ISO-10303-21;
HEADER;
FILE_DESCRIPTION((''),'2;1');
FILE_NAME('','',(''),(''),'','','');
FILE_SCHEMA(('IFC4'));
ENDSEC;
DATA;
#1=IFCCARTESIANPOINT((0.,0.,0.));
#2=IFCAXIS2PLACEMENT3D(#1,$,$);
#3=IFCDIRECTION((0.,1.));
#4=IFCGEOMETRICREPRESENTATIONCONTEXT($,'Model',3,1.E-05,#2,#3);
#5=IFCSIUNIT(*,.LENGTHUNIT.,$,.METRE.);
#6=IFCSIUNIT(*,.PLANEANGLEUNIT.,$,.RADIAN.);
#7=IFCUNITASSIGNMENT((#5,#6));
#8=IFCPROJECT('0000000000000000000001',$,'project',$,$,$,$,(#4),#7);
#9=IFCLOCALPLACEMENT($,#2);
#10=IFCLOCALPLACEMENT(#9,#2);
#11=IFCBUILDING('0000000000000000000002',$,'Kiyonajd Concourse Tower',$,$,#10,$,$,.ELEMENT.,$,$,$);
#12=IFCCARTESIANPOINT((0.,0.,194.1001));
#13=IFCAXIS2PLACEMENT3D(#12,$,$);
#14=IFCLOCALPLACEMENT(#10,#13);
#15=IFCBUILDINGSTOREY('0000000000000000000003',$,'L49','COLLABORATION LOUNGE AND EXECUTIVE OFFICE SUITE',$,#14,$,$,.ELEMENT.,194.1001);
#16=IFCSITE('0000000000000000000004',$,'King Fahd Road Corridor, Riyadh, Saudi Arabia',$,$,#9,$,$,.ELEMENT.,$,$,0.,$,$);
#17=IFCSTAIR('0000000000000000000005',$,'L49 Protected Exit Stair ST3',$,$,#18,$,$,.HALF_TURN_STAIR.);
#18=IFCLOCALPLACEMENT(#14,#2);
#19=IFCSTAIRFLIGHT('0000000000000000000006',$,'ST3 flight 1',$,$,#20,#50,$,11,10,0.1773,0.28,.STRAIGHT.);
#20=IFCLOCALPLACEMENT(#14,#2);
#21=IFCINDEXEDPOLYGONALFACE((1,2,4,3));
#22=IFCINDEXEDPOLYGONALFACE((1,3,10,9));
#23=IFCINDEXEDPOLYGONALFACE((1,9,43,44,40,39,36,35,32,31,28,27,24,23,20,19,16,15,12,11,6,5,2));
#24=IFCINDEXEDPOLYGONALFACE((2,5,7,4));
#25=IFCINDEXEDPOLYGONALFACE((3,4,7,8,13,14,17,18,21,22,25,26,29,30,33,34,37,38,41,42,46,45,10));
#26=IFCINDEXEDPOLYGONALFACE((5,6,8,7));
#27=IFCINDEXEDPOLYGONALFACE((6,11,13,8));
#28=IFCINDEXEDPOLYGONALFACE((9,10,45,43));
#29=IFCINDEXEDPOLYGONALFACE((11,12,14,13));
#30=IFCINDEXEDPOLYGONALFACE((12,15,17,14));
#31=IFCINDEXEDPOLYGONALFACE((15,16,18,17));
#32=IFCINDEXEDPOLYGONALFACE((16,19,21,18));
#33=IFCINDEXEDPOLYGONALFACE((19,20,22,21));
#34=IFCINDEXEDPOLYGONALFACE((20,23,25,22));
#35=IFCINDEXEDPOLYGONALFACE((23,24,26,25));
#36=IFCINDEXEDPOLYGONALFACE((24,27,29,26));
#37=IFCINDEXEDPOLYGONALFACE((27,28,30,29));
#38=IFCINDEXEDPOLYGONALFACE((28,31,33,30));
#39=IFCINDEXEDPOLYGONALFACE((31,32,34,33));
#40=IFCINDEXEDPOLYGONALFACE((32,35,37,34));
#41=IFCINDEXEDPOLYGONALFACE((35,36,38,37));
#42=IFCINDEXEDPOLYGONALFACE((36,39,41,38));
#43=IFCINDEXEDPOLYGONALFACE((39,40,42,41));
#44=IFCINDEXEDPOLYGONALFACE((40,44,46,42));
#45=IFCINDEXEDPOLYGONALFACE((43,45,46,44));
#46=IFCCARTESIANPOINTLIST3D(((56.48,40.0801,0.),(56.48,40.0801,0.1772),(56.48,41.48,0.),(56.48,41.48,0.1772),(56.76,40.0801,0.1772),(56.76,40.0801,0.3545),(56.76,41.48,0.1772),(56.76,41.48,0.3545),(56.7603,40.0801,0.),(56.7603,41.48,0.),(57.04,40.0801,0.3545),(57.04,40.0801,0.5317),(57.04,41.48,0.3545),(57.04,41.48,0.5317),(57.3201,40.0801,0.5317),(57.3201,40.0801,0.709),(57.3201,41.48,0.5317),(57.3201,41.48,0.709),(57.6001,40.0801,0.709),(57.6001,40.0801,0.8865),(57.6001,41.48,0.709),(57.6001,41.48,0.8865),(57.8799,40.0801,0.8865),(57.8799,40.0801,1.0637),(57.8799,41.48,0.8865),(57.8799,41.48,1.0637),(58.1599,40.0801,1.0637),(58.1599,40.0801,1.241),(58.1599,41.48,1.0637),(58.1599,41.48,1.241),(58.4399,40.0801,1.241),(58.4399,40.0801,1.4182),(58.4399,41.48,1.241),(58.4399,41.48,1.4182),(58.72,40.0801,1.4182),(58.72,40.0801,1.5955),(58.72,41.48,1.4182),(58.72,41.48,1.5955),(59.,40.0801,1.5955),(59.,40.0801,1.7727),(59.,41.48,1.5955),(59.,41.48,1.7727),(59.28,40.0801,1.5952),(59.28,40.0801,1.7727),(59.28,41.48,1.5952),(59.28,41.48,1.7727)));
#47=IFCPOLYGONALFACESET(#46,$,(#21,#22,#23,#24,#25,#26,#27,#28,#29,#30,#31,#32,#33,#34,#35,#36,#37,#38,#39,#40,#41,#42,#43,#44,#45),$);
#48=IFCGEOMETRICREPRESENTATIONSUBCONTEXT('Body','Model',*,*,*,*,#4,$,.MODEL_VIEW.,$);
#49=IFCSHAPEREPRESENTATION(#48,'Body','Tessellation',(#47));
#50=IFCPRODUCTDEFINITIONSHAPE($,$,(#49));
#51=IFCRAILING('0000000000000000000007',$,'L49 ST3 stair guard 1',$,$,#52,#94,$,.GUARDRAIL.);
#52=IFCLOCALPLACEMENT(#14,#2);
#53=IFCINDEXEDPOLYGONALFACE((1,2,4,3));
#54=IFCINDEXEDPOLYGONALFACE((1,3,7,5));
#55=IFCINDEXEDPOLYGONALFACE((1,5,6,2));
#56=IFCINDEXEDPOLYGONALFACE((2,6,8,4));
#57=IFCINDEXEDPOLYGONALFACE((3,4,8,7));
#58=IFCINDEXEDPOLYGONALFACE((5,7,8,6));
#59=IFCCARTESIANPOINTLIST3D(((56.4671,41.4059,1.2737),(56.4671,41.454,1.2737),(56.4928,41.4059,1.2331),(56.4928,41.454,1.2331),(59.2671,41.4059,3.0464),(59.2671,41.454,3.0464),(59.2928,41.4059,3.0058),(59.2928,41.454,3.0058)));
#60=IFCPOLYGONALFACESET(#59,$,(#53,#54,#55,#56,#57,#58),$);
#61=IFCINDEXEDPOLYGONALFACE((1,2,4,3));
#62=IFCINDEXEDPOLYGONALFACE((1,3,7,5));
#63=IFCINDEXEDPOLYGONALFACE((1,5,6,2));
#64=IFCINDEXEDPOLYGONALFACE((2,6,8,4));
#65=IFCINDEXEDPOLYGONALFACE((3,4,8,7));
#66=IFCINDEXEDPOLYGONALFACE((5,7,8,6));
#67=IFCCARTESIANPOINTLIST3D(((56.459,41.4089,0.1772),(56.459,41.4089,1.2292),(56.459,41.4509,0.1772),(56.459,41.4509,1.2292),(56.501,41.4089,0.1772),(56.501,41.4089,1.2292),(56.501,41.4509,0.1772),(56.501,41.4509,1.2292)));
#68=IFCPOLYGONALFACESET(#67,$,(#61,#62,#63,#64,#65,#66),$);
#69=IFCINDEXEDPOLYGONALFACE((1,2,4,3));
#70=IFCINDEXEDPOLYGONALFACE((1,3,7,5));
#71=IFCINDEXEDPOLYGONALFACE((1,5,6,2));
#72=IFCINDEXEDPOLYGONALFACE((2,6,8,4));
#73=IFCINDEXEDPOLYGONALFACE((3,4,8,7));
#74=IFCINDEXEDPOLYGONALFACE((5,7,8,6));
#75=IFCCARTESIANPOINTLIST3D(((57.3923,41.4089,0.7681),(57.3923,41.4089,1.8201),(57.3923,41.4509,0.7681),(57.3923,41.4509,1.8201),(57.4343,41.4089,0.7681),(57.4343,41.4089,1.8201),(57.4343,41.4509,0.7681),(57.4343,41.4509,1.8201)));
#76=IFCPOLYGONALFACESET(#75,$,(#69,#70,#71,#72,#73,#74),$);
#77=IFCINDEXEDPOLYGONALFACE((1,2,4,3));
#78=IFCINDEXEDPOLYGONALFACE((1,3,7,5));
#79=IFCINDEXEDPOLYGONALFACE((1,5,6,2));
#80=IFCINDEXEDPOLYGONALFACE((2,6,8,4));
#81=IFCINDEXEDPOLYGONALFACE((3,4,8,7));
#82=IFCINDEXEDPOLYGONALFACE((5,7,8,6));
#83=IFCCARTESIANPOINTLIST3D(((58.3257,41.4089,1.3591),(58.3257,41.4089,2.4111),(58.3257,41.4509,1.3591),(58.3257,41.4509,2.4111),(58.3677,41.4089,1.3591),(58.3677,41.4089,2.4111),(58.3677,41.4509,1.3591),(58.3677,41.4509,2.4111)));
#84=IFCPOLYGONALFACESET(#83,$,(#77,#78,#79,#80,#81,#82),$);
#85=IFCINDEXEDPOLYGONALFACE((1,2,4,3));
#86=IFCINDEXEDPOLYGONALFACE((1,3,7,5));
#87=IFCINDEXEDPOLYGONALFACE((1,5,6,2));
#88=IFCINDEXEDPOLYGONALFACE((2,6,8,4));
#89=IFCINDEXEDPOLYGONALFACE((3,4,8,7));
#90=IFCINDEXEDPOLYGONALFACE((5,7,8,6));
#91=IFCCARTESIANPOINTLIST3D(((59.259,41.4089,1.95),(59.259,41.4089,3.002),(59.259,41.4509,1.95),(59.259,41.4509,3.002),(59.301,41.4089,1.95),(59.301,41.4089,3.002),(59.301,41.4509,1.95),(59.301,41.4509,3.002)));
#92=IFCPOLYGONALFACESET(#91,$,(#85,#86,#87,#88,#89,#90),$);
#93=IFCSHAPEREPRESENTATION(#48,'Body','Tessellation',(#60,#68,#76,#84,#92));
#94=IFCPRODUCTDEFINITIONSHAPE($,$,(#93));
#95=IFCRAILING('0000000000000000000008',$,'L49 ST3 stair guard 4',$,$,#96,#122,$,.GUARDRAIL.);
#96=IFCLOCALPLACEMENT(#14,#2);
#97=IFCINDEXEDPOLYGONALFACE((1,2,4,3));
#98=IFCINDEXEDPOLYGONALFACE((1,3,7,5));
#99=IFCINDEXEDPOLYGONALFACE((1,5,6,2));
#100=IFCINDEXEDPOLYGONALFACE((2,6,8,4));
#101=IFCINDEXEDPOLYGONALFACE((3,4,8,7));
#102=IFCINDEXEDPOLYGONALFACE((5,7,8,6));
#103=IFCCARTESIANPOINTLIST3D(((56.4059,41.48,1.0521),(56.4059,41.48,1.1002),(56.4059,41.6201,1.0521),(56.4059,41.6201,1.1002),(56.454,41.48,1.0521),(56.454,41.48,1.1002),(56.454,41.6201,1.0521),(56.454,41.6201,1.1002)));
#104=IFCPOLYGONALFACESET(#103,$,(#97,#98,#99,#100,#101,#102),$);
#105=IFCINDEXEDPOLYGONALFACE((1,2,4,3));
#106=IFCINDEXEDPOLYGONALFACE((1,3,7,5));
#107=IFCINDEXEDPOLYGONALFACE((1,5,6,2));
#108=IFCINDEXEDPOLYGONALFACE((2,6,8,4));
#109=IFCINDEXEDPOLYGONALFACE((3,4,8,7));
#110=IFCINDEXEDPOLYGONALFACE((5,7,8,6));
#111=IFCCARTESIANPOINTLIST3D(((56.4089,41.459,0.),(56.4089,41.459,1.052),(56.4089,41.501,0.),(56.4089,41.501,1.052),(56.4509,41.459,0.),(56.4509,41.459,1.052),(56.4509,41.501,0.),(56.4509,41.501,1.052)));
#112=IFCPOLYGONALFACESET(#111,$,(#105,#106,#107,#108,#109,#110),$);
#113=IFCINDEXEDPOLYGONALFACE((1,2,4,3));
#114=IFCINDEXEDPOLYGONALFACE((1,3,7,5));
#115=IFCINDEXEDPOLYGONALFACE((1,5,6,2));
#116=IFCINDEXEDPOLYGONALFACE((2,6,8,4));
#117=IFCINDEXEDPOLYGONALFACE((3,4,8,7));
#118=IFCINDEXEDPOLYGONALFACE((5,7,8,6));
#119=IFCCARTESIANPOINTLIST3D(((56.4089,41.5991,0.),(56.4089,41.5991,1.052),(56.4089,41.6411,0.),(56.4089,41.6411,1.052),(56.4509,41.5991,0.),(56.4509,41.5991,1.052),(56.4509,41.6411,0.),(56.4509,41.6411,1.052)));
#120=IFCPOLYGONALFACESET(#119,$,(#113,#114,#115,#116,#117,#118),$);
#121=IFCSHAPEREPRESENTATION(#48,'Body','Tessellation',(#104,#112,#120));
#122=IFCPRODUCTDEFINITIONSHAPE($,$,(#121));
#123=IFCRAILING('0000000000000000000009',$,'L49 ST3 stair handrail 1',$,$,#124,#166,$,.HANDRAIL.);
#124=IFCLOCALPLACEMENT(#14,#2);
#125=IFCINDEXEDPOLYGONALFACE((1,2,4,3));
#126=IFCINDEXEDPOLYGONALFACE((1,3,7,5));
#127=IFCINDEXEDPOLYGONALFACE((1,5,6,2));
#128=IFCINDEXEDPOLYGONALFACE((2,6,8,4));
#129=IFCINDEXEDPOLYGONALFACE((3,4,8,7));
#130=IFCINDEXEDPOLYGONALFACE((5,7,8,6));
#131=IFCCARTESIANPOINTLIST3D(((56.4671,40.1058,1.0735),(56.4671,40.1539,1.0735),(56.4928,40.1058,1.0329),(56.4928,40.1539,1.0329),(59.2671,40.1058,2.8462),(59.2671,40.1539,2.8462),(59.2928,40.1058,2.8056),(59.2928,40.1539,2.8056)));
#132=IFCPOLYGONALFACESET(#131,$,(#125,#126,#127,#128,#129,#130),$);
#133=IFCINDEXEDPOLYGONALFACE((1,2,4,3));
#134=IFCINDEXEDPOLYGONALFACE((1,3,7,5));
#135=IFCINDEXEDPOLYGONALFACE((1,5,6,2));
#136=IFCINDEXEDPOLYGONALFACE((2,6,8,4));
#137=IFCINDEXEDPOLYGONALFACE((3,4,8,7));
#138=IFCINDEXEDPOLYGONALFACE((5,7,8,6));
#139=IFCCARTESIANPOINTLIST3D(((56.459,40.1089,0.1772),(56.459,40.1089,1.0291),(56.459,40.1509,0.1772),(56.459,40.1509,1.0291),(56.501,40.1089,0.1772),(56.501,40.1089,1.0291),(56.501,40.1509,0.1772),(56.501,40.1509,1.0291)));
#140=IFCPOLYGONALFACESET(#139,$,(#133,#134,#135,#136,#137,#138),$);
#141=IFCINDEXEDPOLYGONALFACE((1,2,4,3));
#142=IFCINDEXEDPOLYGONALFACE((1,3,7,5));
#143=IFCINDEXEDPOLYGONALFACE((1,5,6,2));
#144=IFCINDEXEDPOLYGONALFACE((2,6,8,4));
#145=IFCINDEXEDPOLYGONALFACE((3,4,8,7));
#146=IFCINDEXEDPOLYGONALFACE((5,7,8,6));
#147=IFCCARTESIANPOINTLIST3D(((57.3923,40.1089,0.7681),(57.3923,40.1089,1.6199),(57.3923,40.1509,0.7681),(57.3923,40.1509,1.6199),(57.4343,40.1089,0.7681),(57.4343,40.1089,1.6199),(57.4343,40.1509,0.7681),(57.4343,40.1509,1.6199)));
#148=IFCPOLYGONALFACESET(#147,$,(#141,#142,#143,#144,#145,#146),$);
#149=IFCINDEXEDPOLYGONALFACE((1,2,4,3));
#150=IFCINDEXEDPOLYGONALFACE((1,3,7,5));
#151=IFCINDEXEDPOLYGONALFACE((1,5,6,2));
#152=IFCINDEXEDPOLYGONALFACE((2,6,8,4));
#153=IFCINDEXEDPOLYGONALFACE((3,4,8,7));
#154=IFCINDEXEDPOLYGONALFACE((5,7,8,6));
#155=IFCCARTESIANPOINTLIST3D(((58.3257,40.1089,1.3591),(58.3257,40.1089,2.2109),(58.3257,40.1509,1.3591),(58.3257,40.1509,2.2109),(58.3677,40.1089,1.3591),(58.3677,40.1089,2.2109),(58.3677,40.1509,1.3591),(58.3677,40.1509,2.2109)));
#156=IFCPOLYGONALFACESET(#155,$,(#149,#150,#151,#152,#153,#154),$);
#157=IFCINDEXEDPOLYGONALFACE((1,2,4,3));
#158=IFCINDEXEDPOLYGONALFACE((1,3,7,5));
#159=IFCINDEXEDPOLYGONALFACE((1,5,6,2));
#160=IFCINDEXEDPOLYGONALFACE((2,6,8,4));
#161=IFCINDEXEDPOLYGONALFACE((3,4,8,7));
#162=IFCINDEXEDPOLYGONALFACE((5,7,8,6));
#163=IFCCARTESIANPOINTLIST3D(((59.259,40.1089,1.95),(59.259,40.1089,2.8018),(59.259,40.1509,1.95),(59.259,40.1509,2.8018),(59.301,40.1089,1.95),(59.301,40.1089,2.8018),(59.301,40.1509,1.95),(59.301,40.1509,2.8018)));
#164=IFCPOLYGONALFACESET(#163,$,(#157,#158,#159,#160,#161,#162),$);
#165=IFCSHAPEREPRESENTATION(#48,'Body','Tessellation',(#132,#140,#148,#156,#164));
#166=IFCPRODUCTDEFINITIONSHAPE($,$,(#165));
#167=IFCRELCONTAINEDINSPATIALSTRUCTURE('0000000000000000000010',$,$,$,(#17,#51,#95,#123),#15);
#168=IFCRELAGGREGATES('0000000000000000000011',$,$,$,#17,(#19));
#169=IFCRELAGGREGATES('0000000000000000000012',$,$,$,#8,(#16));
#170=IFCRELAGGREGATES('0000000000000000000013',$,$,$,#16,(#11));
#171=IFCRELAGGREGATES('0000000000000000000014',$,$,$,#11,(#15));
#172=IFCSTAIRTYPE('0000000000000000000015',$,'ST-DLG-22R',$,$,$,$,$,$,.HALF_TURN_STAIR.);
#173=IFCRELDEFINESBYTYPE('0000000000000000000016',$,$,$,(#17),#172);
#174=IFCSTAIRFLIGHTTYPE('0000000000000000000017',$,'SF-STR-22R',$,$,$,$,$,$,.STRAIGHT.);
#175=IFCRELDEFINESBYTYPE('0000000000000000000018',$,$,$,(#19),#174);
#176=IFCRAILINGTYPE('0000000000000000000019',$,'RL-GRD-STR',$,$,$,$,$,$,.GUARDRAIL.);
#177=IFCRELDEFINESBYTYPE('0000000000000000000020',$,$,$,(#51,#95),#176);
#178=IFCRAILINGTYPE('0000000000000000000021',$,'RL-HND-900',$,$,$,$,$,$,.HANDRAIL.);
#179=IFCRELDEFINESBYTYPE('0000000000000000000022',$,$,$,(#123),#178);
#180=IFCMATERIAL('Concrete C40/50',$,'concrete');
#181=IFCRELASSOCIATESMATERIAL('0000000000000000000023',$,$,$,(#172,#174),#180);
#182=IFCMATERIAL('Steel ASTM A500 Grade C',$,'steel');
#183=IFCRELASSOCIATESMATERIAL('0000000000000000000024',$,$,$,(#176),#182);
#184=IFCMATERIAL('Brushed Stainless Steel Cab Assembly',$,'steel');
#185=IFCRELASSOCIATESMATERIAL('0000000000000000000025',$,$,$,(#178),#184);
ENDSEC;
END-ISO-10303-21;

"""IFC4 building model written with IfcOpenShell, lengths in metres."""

from ifc_helpers import new_model, si_unit, direction, frame, origin, origin_2d, place, context, subcontext, project, spatial, polyline, rectangle, outline, extrude, material, type_object, element, aggregate, save


model = new_model("IFC4")

# Units and contexts
model_context = context("Model", 3, precision=1e-05, world=origin(), true_north=direction((0.0, 1.0)))
body_context = subcontext(model_context, "Body", "Model", "MODEL_VIEW")
ifc_project = project(units=[si_unit("LENGTHUNIT", "METRE"), si_unit("PLANEANGLEUNIT", "RADIAN")], contexts=[model_context])

# Site, building, storey
site_placement = place(None, origin())
site = spatial("IfcSite", under=ifc_project, at=site_placement, Name="King Fahd Road Corridor, Riyadh, Saudi Arabia", CompositionType="ELEMENT", RefElevation=0.0)
building_placement = place(site_placement, origin())
building = spatial("IfcBuilding", under=site, at=building_placement, Name="Kiyonajd Concourse Tower", CompositionType="ELEMENT")
storey_placement = place(building_placement, frame((0.0, 0.0, 194.1001)))
storey = spatial("IfcBuildingStorey", under=building, at=storey_placement, Name="L49", Description="COLLABORATION LOUNGE AND EXECUTIVE OFFICE SUITE", CompositionType="ELEMENT", Elevation=194.1001)

# Shared definitions
ifc_material_1 = material(Name="Brushed Stainless Steel Cab Assembly", Category="steel")

# Stair, stair flight
ifc_material_2 = material(Name="Concrete C40/50", Category="concrete")
stair_type = type_object("IfcStairType", Name="ST-DLG-22R", PredefinedType="HALF_TURN_STAIR", material=ifc_material_2)
stair_placement = place(storey_placement, origin())
stair = element("IfcStair", 1, at=stair_placement, inside=storey, type_object=stair_type, Name="L49 Protected Exit Stair ST3", PredefinedType="HALF_TURN_STAIR")
stair_flight_type = type_object("IfcStairFlightType", Name="SF-STR-22R", PredefinedType="STRAIGHT", material=ifc_material_2)
stair_flight_placement = place(storey_placement, frame((56.48, 40.78, 0.0), z_axis=(0.0, 0.0, 1.0), x_axis=(1.0, 0.0, 0.0)))
stair_flight = element("IfcStairFlight", 2, at=stair_flight_placement, type_object=stair_flight_type, Name="ST3 flight 1", NumberOfRisers=11, NumberOfTreads=10, PredefinedType="STRAIGHT", RiserHeight=0.1773, TreadLength=0.28, context=body_context, shape_type="SweptSolid", body=[
    extrude(outline(polyline([(0.0, 0.0), (0.0, 0.1772), (0.28, 0.1772), (0.28, 0.3545), (0.5601, 0.3545), (0.5601, 0.5317), (0.8401, 0.5317), (0.8401, 0.709), (1.1201, 0.709), (1.1201, 0.8865), (1.3999, 0.8865), (1.3999, 1.0637), (1.6799, 1.0637), (1.6799, 1.241), (1.96, 1.241), (1.96, 1.4182), (2.24, 1.4182), (2.24, 1.5955), (2.52, 1.5955), (2.52, 1.7727), (2.8, 1.7727), (2.8, 1.95), (2.8, 1.5952), (0.2803, 0.0), (0.0, 0.0)])), frame((0.0, 0.7, 0.0), z_axis=(0.0, -1.0, 0.0), x_axis=(1.0, 0.0, 0.0)), (0.0, 0.0, 1.0), 1.3999),
])
aggregate(stair, [stair_flight])

# Railings
ifc_material_3 = material(Name="Steel ASTM A500 Grade C", Category="steel")
railing_type_1 = type_object("IfcRailingType", Name="RL-GRD-STR", PredefinedType="GUARDRAIL", material=ifc_material_3)
railing_1_placement = place(storey_placement, frame((56.48, 41.4299, 0.1772)))
element("IfcRailing", 3, at=railing_1_placement, inside=storey, type_object=railing_type_1, Name="L49 ST3 stair guard 1", PredefinedType="GUARDRAIL", context=body_context, shape_type="SweptSolid", body=[
    extrude(rectangle(XDim=0.0481, YDim=0.0481, at=origin_2d()), frame((0.0, 0.0, 1.0762), z_axis=(0.844909, 0.0, 0.53491), x_axis=(0.0, 1.0, 0.0)), (0.0, 0.0, 1.0), 3.314),
    extrude(rectangle(XDim=0.042, YDim=0.042, at=origin_2d()), origin(), (0.0, 0.0, 1.0), 1.052),
    extrude(rectangle(XDim=0.042, YDim=0.042, at=origin_2d()), frame((0.9333, 0.0, 0.5908)), (0.0, 0.0, 1.0), 1.052),
    extrude(rectangle(XDim=0.042, YDim=0.042, at=origin_2d()), frame((1.8667, 0.0, 1.1819)), (0.0, 0.0, 1.0), 1.052),
    extrude(rectangle(XDim=0.042, YDim=0.042, at=origin_2d()), frame((2.8, 0.0, 1.7727)), (0.0, 0.0, 1.0), 1.052),
])
railing_2_placement = place(storey_placement, frame((56.4299, 41.48, 0.0)))
element("IfcRailing", 4, at=railing_2_placement, inside=storey, type_object=railing_type_1, Name="L49 ST3 stair guard 4", PredefinedType="GUARDRAIL", context=body_context, shape_type="SweptSolid", body=[
    extrude(rectangle(XDim=0.0481, YDim=0.0481, at=origin_2d()), frame((0.0, 0.0, 1.0762), z_axis=(0.0, 1.0, 0.0), x_axis=(-1.0, 0.0, 0.0)), (0.0, 0.0, 1.0), 0.1401),
    extrude(rectangle(XDim=0.042, YDim=0.042, at=origin_2d()), origin(), (0.0, 0.0, 1.0), 1.052),
    extrude(rectangle(XDim=0.042, YDim=0.042, at=origin_2d()), frame((0.0, 0.1401, 0.0)), (0.0, 0.0, 1.0), 1.052),
])
railing_type_2 = type_object("IfcRailingType", Name="RL-HND-900", PredefinedType="HANDRAIL", material=ifc_material_1)
railing_3_placement = place(storey_placement, frame((56.48, 40.1299, 0.1772)))
element("IfcRailing", 5, at=railing_3_placement, inside=storey, type_object=railing_type_2, Name="L49 ST3 stair handrail 1", PredefinedType="HANDRAIL", context=body_context, shape_type="SweptSolid", body=[
    extrude(rectangle(XDim=0.0481, YDim=0.0481, at=origin_2d()), frame((0.0, 0.0, 0.876), z_axis=(0.844909, 0.0, 0.53491), x_axis=(0.0, 1.0, 0.0)), (0.0, 0.0, 1.0), 3.314),
    extrude(rectangle(XDim=0.042, YDim=0.042, at=origin_2d()), origin(), (0.0, 0.0, 1.0), 0.8518),
    extrude(rectangle(XDim=0.042, YDim=0.042, at=origin_2d()), frame((0.9333, 0.0, 0.5908)), (0.0, 0.0, 1.0), 0.8518),
    extrude(rectangle(XDim=0.042, YDim=0.042, at=origin_2d()), frame((1.8667, 0.0, 1.1819)), (0.0, 0.0, 1.0), 0.8518),
    extrude(rectangle(XDim=0.042, YDim=0.042, at=origin_2d()), frame((2.8, 0.0, 1.7727)), (0.0, 0.0, 1.0), 0.8518),
])

save(model, "model.ifc")
